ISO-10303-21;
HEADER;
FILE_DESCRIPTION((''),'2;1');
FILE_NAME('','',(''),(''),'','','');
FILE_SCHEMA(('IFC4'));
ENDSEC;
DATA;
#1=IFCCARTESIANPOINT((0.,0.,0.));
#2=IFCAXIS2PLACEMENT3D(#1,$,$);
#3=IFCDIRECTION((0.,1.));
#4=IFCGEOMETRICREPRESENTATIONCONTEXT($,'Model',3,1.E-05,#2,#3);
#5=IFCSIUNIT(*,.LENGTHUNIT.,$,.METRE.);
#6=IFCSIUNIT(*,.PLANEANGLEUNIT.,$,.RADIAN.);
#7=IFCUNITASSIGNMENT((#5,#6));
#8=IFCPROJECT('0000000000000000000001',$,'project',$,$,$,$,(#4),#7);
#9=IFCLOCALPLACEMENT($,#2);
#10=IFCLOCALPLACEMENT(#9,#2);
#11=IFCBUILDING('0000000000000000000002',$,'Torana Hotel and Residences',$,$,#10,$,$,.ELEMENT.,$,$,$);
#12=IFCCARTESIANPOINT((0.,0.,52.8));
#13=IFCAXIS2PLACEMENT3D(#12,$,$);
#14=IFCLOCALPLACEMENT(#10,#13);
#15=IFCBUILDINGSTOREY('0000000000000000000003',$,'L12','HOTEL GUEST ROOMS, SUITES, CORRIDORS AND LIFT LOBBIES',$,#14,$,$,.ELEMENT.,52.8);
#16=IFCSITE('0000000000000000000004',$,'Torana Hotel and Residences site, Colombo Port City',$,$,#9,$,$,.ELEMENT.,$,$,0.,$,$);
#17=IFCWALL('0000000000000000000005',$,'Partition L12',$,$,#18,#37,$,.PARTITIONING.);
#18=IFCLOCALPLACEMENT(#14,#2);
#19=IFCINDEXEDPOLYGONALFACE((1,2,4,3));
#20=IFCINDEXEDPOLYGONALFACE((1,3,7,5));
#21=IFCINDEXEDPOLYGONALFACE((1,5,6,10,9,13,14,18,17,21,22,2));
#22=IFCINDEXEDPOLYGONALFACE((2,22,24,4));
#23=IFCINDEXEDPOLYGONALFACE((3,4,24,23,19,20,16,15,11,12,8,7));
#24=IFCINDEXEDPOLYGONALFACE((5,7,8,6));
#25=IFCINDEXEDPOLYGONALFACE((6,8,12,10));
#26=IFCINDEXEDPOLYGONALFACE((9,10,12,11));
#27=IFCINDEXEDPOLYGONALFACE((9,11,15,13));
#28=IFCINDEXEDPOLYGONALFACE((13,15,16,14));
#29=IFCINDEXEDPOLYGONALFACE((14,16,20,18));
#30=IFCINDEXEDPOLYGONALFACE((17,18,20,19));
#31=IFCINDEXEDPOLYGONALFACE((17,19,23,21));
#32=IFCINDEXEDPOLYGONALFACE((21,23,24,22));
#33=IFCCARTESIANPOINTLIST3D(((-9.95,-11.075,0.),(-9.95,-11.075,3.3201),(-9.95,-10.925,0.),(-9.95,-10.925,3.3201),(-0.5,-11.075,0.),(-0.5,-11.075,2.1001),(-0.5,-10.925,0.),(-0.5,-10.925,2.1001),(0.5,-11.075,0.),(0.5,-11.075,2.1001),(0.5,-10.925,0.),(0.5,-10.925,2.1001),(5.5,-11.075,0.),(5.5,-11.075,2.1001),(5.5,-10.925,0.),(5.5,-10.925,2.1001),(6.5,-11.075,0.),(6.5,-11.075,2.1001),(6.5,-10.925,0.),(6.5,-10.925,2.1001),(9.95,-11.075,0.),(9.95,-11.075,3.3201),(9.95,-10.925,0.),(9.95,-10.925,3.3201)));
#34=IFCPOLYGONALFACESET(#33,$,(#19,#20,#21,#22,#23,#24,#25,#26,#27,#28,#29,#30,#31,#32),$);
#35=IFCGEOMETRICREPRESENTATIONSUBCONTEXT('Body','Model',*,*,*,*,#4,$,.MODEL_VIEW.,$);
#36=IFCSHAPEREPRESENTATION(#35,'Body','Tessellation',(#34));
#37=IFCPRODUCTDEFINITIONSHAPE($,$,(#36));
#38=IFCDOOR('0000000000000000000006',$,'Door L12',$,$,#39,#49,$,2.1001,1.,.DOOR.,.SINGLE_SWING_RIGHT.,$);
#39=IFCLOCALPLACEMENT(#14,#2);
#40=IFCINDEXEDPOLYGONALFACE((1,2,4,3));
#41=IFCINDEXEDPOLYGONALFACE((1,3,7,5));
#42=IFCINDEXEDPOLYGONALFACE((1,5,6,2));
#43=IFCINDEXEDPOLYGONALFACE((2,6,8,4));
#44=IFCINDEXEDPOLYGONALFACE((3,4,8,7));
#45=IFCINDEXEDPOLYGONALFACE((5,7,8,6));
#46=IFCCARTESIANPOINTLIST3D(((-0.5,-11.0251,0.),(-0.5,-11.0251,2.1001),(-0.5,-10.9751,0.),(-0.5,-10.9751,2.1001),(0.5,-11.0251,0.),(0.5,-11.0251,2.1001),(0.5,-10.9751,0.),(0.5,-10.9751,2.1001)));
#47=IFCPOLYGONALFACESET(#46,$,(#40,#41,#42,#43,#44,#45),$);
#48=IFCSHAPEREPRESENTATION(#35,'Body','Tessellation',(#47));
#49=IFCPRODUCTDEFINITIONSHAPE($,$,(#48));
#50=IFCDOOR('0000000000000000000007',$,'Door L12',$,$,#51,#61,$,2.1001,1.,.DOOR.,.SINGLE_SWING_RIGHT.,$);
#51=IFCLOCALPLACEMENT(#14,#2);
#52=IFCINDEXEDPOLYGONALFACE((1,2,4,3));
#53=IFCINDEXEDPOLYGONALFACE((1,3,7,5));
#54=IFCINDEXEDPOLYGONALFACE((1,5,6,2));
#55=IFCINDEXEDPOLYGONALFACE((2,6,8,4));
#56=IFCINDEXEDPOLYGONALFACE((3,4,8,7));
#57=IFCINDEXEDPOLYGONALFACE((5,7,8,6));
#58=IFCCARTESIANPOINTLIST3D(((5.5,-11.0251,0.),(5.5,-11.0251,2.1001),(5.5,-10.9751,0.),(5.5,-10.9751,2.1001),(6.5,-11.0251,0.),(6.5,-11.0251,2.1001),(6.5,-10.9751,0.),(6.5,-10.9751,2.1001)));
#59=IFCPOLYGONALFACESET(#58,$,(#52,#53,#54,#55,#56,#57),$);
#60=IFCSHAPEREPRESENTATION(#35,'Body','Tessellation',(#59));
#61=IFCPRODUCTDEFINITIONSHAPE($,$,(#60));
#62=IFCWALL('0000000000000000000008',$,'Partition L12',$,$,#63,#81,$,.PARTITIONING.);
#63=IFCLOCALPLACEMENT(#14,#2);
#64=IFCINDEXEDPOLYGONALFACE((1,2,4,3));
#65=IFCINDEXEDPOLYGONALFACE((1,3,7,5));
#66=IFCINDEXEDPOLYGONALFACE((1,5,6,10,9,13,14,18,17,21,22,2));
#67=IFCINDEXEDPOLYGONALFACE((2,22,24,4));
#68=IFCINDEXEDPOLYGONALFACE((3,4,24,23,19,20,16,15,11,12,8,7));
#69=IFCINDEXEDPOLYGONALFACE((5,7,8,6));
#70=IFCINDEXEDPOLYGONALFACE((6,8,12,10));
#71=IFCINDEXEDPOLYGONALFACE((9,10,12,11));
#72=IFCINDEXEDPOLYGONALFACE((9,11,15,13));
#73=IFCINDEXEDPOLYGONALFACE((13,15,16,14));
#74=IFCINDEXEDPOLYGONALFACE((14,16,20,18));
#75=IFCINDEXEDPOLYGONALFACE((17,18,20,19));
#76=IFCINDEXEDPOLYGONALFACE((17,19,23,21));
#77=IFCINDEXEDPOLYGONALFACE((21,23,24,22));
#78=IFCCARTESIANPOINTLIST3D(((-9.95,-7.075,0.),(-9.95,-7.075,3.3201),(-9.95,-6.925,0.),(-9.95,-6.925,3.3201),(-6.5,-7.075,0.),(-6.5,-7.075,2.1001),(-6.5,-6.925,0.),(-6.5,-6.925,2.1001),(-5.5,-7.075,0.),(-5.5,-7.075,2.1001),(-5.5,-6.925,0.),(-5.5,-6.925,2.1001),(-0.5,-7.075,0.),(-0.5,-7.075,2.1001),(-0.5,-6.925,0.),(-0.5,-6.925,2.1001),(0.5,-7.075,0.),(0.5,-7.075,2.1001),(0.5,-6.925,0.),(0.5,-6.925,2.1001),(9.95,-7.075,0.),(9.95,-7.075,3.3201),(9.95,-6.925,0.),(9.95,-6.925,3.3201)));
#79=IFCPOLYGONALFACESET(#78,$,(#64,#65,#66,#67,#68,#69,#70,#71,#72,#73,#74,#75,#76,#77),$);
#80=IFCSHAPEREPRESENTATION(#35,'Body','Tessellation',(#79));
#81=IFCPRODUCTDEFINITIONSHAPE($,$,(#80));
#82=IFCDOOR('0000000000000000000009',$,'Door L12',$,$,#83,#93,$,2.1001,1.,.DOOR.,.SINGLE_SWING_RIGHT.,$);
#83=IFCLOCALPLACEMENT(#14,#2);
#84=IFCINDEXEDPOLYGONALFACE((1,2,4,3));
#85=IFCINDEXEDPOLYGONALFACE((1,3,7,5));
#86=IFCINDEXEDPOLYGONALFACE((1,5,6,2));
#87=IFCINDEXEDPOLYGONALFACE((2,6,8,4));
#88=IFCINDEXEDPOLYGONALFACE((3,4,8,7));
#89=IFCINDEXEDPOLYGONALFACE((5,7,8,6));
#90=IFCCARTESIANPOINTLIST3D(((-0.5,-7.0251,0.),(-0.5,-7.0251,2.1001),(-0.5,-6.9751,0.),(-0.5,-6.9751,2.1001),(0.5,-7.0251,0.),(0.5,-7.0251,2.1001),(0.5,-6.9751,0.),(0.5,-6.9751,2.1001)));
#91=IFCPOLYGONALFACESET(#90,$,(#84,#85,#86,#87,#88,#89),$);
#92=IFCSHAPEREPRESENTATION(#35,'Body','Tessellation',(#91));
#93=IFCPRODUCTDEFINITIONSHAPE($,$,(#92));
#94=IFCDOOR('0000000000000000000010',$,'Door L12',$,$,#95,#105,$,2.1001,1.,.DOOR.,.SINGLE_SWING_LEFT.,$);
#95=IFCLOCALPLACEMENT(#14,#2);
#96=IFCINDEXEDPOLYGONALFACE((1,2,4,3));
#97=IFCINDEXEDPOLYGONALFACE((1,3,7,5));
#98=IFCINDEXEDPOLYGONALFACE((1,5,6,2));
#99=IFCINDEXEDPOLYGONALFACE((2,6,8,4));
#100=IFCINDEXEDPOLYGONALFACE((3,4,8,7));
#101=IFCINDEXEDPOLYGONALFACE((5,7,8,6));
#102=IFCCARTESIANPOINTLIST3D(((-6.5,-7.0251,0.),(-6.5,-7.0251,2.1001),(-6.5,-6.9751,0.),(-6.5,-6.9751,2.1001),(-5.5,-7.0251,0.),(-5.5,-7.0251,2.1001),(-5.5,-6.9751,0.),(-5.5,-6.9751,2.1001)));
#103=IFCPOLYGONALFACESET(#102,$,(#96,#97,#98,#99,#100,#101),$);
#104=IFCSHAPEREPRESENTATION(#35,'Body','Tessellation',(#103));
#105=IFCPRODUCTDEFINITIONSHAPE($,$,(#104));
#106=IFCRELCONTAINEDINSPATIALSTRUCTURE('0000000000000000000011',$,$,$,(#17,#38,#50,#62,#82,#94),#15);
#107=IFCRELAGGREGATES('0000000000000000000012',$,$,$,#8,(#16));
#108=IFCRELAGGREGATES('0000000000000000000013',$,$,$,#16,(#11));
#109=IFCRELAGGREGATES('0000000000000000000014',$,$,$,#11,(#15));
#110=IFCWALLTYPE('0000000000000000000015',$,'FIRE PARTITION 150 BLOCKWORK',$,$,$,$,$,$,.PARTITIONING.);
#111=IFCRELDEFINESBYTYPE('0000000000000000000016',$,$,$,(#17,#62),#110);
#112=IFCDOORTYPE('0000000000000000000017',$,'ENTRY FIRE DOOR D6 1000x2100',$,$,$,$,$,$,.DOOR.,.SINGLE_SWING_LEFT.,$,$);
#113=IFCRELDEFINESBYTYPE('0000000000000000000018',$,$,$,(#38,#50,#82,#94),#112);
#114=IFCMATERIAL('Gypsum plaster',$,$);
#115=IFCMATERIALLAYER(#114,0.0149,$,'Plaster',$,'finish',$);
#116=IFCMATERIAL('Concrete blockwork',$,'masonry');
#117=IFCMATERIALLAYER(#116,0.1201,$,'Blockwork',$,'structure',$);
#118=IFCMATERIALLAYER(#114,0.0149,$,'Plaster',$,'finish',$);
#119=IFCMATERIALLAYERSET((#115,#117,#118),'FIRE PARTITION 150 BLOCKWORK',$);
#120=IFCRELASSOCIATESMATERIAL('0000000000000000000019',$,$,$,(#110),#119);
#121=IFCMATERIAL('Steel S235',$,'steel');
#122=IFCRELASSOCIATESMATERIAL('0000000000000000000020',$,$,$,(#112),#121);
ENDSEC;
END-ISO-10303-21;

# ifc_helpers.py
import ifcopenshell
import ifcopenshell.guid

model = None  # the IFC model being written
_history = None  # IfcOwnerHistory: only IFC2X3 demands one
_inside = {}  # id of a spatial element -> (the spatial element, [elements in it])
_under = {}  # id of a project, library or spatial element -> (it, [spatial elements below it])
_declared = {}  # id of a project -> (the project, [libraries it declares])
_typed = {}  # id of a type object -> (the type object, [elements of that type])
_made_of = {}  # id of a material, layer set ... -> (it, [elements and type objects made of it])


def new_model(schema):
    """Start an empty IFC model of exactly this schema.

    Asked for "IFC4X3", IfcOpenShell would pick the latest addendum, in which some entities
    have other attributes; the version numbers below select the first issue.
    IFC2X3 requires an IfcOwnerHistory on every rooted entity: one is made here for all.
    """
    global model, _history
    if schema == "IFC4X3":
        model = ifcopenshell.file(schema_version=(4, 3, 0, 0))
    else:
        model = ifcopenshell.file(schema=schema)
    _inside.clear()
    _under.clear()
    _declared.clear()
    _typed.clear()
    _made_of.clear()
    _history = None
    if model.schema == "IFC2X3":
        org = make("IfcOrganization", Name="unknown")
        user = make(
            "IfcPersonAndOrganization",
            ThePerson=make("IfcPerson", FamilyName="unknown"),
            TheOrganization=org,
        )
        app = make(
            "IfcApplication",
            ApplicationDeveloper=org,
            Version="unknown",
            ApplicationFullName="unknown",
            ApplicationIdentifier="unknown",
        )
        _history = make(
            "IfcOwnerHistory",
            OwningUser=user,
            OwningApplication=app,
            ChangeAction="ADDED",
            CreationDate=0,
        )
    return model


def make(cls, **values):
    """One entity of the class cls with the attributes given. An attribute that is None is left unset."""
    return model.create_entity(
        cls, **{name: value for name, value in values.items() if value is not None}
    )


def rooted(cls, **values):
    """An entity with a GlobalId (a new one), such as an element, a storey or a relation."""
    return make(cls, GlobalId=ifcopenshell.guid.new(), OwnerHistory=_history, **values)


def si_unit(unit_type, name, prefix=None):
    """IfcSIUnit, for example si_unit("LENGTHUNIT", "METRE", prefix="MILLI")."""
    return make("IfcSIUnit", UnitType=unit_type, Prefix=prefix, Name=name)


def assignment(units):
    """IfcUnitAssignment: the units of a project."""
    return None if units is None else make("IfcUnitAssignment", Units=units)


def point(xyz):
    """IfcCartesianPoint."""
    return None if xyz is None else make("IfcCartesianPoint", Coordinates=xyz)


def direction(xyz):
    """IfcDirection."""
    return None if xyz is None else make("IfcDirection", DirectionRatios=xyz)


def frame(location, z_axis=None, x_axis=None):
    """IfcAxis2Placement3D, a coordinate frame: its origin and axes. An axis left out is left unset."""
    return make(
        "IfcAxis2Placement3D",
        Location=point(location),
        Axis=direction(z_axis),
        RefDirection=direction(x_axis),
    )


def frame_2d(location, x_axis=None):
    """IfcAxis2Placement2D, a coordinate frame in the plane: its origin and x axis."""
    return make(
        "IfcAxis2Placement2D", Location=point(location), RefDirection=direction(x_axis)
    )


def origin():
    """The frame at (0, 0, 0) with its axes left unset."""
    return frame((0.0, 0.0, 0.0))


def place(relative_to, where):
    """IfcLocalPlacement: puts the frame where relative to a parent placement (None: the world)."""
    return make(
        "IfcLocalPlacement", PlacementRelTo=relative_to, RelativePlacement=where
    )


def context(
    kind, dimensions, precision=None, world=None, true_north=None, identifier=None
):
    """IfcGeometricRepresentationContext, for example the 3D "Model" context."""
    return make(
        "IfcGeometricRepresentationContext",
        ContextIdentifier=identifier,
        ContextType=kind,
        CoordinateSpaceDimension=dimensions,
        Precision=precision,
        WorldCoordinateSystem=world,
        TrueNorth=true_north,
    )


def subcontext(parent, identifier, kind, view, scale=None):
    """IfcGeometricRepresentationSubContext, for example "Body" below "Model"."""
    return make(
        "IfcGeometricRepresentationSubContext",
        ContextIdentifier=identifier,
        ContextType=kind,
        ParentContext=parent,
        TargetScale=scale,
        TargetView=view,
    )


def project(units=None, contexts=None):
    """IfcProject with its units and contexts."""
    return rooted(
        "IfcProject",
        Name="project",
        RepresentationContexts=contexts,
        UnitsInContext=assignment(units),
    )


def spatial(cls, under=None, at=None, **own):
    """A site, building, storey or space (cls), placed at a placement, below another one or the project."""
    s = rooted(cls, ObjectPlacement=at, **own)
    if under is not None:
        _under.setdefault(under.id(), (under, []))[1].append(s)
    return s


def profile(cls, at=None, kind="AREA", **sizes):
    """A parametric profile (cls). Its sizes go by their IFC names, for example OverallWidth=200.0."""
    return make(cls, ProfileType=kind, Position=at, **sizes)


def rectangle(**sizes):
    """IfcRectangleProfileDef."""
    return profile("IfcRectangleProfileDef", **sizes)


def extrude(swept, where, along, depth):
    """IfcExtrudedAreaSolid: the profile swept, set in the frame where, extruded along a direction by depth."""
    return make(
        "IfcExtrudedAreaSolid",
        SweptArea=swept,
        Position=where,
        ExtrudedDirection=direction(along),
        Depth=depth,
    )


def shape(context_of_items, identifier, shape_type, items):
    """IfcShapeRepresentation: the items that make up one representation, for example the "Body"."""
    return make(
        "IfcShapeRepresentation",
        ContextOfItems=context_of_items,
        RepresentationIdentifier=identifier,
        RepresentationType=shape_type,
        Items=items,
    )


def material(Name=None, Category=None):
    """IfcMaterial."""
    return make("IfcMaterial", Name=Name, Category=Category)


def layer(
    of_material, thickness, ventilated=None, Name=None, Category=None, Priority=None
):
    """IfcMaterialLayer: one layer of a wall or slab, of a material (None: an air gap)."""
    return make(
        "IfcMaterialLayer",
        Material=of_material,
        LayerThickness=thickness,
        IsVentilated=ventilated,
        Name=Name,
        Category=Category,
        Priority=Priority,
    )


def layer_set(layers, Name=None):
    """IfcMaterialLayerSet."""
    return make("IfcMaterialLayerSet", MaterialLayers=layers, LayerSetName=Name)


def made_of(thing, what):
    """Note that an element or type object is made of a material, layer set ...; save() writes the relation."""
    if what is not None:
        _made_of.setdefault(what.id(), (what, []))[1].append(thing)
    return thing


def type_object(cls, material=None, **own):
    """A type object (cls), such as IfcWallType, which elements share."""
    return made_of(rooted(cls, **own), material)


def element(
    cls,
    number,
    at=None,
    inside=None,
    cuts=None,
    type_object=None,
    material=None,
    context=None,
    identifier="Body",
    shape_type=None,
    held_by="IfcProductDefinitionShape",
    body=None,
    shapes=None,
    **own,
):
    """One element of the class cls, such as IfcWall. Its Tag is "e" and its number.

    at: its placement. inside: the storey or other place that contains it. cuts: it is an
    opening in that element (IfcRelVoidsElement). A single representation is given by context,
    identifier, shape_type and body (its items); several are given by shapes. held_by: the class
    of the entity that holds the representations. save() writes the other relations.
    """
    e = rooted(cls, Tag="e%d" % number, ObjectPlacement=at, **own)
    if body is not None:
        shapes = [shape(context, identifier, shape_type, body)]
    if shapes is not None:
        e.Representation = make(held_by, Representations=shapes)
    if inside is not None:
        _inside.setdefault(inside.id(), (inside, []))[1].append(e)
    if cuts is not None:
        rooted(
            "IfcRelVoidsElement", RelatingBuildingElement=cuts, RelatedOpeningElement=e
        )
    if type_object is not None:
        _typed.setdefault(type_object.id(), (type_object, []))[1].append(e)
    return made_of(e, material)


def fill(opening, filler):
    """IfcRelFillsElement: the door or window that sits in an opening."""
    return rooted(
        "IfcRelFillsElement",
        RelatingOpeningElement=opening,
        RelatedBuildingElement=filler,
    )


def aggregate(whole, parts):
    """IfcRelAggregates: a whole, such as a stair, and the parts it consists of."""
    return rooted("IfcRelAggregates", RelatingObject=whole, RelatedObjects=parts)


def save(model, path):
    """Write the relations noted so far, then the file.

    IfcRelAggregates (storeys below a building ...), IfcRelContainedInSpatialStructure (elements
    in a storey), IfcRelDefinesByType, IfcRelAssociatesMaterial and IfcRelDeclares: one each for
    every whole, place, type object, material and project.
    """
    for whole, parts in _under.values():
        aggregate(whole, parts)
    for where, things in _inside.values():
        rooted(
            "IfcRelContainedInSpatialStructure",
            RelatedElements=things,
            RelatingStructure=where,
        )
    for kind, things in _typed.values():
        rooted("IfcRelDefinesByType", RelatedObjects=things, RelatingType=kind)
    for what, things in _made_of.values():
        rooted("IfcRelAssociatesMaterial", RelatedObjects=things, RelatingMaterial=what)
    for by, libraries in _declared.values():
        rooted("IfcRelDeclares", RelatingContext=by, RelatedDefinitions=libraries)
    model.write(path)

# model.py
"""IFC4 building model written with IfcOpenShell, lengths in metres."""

from ifc_helpers import new_model, si_unit, direction, frame, frame_2d, origin, place, context, subcontext, project, spatial, rectangle, extrude, material, layer, layer_set, type_object, element, fill, save


model = new_model("IFC4")

# Units and contexts
model_context = context("Model", 3, precision=1e-05, world=origin(), true_north=direction((0.0, 1.0)))
body_context = subcontext(model_context, "Body", "Model", "MODEL_VIEW")
ifc_project = project(units=[si_unit("LENGTHUNIT", "METRE"), si_unit("PLANEANGLEUNIT", "RADIAN")], contexts=[model_context])

# Site, building, storey
site_placement = place(None, origin())
site = spatial("IfcSite", under=ifc_project, at=site_placement, Name="Torana Hotel and Residences site, Colombo Port City", CompositionType="ELEMENT", RefElevation=0.0)
building_placement = place(site_placement, origin())
building = spatial("IfcBuilding", under=site, at=building_placement, Name="Torana Hotel and Residences", CompositionType="ELEMENT")
storey_placement = place(building_placement, frame((0.0, 0.0, 52.8)))
storey = spatial("IfcBuildingStorey", under=building, at=storey_placement, Name="L12", Description="HOTEL GUEST ROOMS, SUITES, CORRIDORS AND LIFT LOBBIES", CompositionType="ELEMENT", Elevation=52.8)

# Shared definitions
ifc_material_1 = material(Name="Gypsum plaster")
ifc_layer_1 = layer(ifc_material_1, 0.0149, Name="Plaster", Category="finish")
ifc_material_2 = material(Name="Concrete blockwork", Category="masonry")
ifc_layer_2 = layer(ifc_material_2, 0.1201, Name="Blockwork", Category="structure")
ifc_layer_3 = layer(ifc_material_1, 0.0149, Name="Plaster", Category="finish")
ifc_layer_set_1 = layer_set([ifc_layer_1, ifc_layer_2, ifc_layer_3], Name="FIRE PARTITION 150 BLOCKWORK")
wall_type_1 = type_object("IfcWallType", Name="FIRE PARTITION 150 BLOCKWORK", PredefinedType="PARTITIONING", material=ifc_layer_set_1)

# Walls, openings, doors
wall_1_placement = place(storey_placement, frame((-9.95, -11.0, 0.0), z_axis=(0.0, 0.0, 1.0), x_axis=(1.0, 0.0, 0.0)))
wall_1 = element("IfcWall", 1, at=wall_1_placement, inside=storey, type_object=wall_type_1, Name="Partition L12", PredefinedType="PARTITIONING", context=body_context, shape_type="SweptSolid", body=[
    extrude(rectangle(XDim=19.8999, YDim=0.1499, at=frame_2d((9.95, 0.0))), origin(), (0.0, 0.0, 1.0), 3.3201),
])
opening_1_placement = place(wall_1_placement, frame((9.45, 0.0, 0.0)))
opening_1 = element("IfcOpeningElement", 2, at=opening_1_placement, cuts=wall_1, PredefinedType="OPENING", context=body_context, shape_type="SweptSolid", body=[
    extrude(rectangle(XDim=1.0, YDim=2.1001, at=frame_2d((0.5, 1.05))), frame((0.0, 0.085, 0.0), z_axis=(0.0, -1.0, 0.0), x_axis=(1.0, 0.0, 0.0)), (0.0, 0.0, 1.0), 0.1699),
])
opening_2_placement = place(wall_1_placement, frame((15.45, 0.0, 0.0)))
opening_2 = element("IfcOpeningElement", 3, at=opening_2_placement, cuts=wall_1, PredefinedType="OPENING", context=body_context, shape_type="SweptSolid", body=[
    extrude(rectangle(XDim=1.0, YDim=2.1001, at=frame_2d((0.5, 1.05))), frame((0.0, 0.085, 0.0), z_axis=(0.0, -1.0, 0.0), x_axis=(1.0, 0.0, 0.0)), (0.0, 0.0, 1.0), 0.1699),
])
ifc_material_3 = material(Name="Steel S235", Category="steel")
door_type = type_object("IfcDoorType", Name="ENTRY FIRE DOOR D6 1000x2100", OperationType="SINGLE_SWING_LEFT", PredefinedType="DOOR", material=ifc_material_3)
door_1_placement = place(opening_1_placement, origin())
door_1 = element("IfcDoor", 4, at=door_1_placement, inside=storey, type_object=door_type, Name="Door L12", OperationType="SINGLE_SWING_RIGHT", OverallHeight=2.1001, OverallWidth=1.0, PredefinedType="DOOR", context=body_context, shape_type="SweptSolid", body=[
    extrude(rectangle(XDim=1.0, YDim=2.1001, at=frame_2d((0.5, 1.05))), frame((0.0, 0.0249, 0.0), z_axis=(0.0, -1.0, 0.0), x_axis=(1.0, 0.0, 0.0)), (0.0, 0.0, 1.0), 0.05),
])
fill(opening_1, door_1)
door_2_placement = place(opening_2_placement, origin())
door_2 = element("IfcDoor", 5, at=door_2_placement, inside=storey, type_object=door_type, Name="Door L12", OperationType="SINGLE_SWING_RIGHT", OverallHeight=2.1001, OverallWidth=1.0, PredefinedType="DOOR", context=body_context, shape_type="SweptSolid", body=[
    extrude(rectangle(XDim=1.0, YDim=2.1001, at=frame_2d((0.5, 1.05))), frame((0.0, 0.0249, 0.0), z_axis=(0.0, -1.0, 0.0), x_axis=(1.0, 0.0, 0.0)), (0.0, 0.0, 1.0), 0.05),
])
fill(opening_2, door_2)
wall_2_placement = place(storey_placement, frame((-9.95, -7.0, 0.0), z_axis=(0.0, 0.0, 1.0), x_axis=(1.0, 0.0, 0.0)))
wall_2 = element("IfcWall", 6, at=wall_2_placement, inside=storey, type_object=wall_type_1, Name="Partition L12", PredefinedType="PARTITIONING", context=body_context, shape_type="SweptSolid", body=[
    extrude(rectangle(XDim=19.8999, YDim=0.1499, at=frame_2d((9.95, 0.0))), origin(), (0.0, 0.0, 1.0), 3.3201),
])
opening_3_placement = place(wall_2_placement, frame((9.45, 0.0, 0.0)))
opening_3 = element("IfcOpeningElement", 7, at=opening_3_placement, cuts=wall_2, PredefinedType="OPENING", context=body_context, shape_type="SweptSolid", body=[
    extrude(rectangle(XDim=1.0, YDim=2.1001, at=frame_2d((0.5, 1.05))), frame((0.0, 0.085, 0.0), z_axis=(0.0, -1.0, 0.0), x_axis=(1.0, 0.0, 0.0)), (0.0, 0.0, 1.0), 0.1699),
])
opening_4_placement = place(wall_2_placement, frame((3.45, 0.0, 0.0)))
opening_4 = element("IfcOpeningElement", 8, at=opening_4_placement, cuts=wall_2, PredefinedType="OPENING", context=body_context, shape_type="SweptSolid", body=[
    extrude(rectangle(XDim=1.0, YDim=2.1001, at=frame_2d((0.5, 1.05))), frame((0.0, 0.085, 0.0), z_axis=(0.0, -1.0, 0.0), x_axis=(1.0, 0.0, 0.0)), (0.0, 0.0, 1.0), 0.1699),
])
door_3_placement = place(opening_3_placement, origin())
door_3 = element("IfcDoor", 9, at=door_3_placement, inside=storey, type_object=door_type, Name="Door L12", OperationType="SINGLE_SWING_RIGHT", OverallHeight=2.1001, OverallWidth=1.0, PredefinedType="DOOR", context=body_context, shape_type="SweptSolid", body=[
    extrude(rectangle(XDim=1.0, YDim=2.1001, at=frame_2d((0.5, 1.05))), frame((0.0, 0.0249, 0.0), z_axis=(0.0, -1.0, 0.0), x_axis=(1.0, 0.0, 0.0)), (0.0, 0.0, 1.0), 0.05),
])
fill(opening_3, door_3)
door_4_placement = place(opening_4_placement, frame((0.5, 0.0, 0.0), z_axis=(0.0, 0.0, 1.0), x_axis=(-1.0, 0.0, 0.0)))
door_4 = element("IfcDoor", 10, at=door_4_placement, inside=storey, type_object=door_type, Name="Door L12", OperationType="SINGLE_SWING_LEFT", OverallHeight=2.1001, OverallWidth=1.0, PredefinedType="DOOR", context=body_context, shape_type="SweptSolid", body=[
    extrude(rectangle(XDim=1.0, YDim=2.1001, at=frame_2d((0.0, 1.05))), frame((0.0, -0.0249, 0.0), z_axis=(0.0, 1.0, 0.0), x_axis=(-1.0, 0.0, 0.0)), (0.0, 0.0, 1.0), 0.05),
])
fill(opening_4, door_4)

save(model, "model.ifc")
